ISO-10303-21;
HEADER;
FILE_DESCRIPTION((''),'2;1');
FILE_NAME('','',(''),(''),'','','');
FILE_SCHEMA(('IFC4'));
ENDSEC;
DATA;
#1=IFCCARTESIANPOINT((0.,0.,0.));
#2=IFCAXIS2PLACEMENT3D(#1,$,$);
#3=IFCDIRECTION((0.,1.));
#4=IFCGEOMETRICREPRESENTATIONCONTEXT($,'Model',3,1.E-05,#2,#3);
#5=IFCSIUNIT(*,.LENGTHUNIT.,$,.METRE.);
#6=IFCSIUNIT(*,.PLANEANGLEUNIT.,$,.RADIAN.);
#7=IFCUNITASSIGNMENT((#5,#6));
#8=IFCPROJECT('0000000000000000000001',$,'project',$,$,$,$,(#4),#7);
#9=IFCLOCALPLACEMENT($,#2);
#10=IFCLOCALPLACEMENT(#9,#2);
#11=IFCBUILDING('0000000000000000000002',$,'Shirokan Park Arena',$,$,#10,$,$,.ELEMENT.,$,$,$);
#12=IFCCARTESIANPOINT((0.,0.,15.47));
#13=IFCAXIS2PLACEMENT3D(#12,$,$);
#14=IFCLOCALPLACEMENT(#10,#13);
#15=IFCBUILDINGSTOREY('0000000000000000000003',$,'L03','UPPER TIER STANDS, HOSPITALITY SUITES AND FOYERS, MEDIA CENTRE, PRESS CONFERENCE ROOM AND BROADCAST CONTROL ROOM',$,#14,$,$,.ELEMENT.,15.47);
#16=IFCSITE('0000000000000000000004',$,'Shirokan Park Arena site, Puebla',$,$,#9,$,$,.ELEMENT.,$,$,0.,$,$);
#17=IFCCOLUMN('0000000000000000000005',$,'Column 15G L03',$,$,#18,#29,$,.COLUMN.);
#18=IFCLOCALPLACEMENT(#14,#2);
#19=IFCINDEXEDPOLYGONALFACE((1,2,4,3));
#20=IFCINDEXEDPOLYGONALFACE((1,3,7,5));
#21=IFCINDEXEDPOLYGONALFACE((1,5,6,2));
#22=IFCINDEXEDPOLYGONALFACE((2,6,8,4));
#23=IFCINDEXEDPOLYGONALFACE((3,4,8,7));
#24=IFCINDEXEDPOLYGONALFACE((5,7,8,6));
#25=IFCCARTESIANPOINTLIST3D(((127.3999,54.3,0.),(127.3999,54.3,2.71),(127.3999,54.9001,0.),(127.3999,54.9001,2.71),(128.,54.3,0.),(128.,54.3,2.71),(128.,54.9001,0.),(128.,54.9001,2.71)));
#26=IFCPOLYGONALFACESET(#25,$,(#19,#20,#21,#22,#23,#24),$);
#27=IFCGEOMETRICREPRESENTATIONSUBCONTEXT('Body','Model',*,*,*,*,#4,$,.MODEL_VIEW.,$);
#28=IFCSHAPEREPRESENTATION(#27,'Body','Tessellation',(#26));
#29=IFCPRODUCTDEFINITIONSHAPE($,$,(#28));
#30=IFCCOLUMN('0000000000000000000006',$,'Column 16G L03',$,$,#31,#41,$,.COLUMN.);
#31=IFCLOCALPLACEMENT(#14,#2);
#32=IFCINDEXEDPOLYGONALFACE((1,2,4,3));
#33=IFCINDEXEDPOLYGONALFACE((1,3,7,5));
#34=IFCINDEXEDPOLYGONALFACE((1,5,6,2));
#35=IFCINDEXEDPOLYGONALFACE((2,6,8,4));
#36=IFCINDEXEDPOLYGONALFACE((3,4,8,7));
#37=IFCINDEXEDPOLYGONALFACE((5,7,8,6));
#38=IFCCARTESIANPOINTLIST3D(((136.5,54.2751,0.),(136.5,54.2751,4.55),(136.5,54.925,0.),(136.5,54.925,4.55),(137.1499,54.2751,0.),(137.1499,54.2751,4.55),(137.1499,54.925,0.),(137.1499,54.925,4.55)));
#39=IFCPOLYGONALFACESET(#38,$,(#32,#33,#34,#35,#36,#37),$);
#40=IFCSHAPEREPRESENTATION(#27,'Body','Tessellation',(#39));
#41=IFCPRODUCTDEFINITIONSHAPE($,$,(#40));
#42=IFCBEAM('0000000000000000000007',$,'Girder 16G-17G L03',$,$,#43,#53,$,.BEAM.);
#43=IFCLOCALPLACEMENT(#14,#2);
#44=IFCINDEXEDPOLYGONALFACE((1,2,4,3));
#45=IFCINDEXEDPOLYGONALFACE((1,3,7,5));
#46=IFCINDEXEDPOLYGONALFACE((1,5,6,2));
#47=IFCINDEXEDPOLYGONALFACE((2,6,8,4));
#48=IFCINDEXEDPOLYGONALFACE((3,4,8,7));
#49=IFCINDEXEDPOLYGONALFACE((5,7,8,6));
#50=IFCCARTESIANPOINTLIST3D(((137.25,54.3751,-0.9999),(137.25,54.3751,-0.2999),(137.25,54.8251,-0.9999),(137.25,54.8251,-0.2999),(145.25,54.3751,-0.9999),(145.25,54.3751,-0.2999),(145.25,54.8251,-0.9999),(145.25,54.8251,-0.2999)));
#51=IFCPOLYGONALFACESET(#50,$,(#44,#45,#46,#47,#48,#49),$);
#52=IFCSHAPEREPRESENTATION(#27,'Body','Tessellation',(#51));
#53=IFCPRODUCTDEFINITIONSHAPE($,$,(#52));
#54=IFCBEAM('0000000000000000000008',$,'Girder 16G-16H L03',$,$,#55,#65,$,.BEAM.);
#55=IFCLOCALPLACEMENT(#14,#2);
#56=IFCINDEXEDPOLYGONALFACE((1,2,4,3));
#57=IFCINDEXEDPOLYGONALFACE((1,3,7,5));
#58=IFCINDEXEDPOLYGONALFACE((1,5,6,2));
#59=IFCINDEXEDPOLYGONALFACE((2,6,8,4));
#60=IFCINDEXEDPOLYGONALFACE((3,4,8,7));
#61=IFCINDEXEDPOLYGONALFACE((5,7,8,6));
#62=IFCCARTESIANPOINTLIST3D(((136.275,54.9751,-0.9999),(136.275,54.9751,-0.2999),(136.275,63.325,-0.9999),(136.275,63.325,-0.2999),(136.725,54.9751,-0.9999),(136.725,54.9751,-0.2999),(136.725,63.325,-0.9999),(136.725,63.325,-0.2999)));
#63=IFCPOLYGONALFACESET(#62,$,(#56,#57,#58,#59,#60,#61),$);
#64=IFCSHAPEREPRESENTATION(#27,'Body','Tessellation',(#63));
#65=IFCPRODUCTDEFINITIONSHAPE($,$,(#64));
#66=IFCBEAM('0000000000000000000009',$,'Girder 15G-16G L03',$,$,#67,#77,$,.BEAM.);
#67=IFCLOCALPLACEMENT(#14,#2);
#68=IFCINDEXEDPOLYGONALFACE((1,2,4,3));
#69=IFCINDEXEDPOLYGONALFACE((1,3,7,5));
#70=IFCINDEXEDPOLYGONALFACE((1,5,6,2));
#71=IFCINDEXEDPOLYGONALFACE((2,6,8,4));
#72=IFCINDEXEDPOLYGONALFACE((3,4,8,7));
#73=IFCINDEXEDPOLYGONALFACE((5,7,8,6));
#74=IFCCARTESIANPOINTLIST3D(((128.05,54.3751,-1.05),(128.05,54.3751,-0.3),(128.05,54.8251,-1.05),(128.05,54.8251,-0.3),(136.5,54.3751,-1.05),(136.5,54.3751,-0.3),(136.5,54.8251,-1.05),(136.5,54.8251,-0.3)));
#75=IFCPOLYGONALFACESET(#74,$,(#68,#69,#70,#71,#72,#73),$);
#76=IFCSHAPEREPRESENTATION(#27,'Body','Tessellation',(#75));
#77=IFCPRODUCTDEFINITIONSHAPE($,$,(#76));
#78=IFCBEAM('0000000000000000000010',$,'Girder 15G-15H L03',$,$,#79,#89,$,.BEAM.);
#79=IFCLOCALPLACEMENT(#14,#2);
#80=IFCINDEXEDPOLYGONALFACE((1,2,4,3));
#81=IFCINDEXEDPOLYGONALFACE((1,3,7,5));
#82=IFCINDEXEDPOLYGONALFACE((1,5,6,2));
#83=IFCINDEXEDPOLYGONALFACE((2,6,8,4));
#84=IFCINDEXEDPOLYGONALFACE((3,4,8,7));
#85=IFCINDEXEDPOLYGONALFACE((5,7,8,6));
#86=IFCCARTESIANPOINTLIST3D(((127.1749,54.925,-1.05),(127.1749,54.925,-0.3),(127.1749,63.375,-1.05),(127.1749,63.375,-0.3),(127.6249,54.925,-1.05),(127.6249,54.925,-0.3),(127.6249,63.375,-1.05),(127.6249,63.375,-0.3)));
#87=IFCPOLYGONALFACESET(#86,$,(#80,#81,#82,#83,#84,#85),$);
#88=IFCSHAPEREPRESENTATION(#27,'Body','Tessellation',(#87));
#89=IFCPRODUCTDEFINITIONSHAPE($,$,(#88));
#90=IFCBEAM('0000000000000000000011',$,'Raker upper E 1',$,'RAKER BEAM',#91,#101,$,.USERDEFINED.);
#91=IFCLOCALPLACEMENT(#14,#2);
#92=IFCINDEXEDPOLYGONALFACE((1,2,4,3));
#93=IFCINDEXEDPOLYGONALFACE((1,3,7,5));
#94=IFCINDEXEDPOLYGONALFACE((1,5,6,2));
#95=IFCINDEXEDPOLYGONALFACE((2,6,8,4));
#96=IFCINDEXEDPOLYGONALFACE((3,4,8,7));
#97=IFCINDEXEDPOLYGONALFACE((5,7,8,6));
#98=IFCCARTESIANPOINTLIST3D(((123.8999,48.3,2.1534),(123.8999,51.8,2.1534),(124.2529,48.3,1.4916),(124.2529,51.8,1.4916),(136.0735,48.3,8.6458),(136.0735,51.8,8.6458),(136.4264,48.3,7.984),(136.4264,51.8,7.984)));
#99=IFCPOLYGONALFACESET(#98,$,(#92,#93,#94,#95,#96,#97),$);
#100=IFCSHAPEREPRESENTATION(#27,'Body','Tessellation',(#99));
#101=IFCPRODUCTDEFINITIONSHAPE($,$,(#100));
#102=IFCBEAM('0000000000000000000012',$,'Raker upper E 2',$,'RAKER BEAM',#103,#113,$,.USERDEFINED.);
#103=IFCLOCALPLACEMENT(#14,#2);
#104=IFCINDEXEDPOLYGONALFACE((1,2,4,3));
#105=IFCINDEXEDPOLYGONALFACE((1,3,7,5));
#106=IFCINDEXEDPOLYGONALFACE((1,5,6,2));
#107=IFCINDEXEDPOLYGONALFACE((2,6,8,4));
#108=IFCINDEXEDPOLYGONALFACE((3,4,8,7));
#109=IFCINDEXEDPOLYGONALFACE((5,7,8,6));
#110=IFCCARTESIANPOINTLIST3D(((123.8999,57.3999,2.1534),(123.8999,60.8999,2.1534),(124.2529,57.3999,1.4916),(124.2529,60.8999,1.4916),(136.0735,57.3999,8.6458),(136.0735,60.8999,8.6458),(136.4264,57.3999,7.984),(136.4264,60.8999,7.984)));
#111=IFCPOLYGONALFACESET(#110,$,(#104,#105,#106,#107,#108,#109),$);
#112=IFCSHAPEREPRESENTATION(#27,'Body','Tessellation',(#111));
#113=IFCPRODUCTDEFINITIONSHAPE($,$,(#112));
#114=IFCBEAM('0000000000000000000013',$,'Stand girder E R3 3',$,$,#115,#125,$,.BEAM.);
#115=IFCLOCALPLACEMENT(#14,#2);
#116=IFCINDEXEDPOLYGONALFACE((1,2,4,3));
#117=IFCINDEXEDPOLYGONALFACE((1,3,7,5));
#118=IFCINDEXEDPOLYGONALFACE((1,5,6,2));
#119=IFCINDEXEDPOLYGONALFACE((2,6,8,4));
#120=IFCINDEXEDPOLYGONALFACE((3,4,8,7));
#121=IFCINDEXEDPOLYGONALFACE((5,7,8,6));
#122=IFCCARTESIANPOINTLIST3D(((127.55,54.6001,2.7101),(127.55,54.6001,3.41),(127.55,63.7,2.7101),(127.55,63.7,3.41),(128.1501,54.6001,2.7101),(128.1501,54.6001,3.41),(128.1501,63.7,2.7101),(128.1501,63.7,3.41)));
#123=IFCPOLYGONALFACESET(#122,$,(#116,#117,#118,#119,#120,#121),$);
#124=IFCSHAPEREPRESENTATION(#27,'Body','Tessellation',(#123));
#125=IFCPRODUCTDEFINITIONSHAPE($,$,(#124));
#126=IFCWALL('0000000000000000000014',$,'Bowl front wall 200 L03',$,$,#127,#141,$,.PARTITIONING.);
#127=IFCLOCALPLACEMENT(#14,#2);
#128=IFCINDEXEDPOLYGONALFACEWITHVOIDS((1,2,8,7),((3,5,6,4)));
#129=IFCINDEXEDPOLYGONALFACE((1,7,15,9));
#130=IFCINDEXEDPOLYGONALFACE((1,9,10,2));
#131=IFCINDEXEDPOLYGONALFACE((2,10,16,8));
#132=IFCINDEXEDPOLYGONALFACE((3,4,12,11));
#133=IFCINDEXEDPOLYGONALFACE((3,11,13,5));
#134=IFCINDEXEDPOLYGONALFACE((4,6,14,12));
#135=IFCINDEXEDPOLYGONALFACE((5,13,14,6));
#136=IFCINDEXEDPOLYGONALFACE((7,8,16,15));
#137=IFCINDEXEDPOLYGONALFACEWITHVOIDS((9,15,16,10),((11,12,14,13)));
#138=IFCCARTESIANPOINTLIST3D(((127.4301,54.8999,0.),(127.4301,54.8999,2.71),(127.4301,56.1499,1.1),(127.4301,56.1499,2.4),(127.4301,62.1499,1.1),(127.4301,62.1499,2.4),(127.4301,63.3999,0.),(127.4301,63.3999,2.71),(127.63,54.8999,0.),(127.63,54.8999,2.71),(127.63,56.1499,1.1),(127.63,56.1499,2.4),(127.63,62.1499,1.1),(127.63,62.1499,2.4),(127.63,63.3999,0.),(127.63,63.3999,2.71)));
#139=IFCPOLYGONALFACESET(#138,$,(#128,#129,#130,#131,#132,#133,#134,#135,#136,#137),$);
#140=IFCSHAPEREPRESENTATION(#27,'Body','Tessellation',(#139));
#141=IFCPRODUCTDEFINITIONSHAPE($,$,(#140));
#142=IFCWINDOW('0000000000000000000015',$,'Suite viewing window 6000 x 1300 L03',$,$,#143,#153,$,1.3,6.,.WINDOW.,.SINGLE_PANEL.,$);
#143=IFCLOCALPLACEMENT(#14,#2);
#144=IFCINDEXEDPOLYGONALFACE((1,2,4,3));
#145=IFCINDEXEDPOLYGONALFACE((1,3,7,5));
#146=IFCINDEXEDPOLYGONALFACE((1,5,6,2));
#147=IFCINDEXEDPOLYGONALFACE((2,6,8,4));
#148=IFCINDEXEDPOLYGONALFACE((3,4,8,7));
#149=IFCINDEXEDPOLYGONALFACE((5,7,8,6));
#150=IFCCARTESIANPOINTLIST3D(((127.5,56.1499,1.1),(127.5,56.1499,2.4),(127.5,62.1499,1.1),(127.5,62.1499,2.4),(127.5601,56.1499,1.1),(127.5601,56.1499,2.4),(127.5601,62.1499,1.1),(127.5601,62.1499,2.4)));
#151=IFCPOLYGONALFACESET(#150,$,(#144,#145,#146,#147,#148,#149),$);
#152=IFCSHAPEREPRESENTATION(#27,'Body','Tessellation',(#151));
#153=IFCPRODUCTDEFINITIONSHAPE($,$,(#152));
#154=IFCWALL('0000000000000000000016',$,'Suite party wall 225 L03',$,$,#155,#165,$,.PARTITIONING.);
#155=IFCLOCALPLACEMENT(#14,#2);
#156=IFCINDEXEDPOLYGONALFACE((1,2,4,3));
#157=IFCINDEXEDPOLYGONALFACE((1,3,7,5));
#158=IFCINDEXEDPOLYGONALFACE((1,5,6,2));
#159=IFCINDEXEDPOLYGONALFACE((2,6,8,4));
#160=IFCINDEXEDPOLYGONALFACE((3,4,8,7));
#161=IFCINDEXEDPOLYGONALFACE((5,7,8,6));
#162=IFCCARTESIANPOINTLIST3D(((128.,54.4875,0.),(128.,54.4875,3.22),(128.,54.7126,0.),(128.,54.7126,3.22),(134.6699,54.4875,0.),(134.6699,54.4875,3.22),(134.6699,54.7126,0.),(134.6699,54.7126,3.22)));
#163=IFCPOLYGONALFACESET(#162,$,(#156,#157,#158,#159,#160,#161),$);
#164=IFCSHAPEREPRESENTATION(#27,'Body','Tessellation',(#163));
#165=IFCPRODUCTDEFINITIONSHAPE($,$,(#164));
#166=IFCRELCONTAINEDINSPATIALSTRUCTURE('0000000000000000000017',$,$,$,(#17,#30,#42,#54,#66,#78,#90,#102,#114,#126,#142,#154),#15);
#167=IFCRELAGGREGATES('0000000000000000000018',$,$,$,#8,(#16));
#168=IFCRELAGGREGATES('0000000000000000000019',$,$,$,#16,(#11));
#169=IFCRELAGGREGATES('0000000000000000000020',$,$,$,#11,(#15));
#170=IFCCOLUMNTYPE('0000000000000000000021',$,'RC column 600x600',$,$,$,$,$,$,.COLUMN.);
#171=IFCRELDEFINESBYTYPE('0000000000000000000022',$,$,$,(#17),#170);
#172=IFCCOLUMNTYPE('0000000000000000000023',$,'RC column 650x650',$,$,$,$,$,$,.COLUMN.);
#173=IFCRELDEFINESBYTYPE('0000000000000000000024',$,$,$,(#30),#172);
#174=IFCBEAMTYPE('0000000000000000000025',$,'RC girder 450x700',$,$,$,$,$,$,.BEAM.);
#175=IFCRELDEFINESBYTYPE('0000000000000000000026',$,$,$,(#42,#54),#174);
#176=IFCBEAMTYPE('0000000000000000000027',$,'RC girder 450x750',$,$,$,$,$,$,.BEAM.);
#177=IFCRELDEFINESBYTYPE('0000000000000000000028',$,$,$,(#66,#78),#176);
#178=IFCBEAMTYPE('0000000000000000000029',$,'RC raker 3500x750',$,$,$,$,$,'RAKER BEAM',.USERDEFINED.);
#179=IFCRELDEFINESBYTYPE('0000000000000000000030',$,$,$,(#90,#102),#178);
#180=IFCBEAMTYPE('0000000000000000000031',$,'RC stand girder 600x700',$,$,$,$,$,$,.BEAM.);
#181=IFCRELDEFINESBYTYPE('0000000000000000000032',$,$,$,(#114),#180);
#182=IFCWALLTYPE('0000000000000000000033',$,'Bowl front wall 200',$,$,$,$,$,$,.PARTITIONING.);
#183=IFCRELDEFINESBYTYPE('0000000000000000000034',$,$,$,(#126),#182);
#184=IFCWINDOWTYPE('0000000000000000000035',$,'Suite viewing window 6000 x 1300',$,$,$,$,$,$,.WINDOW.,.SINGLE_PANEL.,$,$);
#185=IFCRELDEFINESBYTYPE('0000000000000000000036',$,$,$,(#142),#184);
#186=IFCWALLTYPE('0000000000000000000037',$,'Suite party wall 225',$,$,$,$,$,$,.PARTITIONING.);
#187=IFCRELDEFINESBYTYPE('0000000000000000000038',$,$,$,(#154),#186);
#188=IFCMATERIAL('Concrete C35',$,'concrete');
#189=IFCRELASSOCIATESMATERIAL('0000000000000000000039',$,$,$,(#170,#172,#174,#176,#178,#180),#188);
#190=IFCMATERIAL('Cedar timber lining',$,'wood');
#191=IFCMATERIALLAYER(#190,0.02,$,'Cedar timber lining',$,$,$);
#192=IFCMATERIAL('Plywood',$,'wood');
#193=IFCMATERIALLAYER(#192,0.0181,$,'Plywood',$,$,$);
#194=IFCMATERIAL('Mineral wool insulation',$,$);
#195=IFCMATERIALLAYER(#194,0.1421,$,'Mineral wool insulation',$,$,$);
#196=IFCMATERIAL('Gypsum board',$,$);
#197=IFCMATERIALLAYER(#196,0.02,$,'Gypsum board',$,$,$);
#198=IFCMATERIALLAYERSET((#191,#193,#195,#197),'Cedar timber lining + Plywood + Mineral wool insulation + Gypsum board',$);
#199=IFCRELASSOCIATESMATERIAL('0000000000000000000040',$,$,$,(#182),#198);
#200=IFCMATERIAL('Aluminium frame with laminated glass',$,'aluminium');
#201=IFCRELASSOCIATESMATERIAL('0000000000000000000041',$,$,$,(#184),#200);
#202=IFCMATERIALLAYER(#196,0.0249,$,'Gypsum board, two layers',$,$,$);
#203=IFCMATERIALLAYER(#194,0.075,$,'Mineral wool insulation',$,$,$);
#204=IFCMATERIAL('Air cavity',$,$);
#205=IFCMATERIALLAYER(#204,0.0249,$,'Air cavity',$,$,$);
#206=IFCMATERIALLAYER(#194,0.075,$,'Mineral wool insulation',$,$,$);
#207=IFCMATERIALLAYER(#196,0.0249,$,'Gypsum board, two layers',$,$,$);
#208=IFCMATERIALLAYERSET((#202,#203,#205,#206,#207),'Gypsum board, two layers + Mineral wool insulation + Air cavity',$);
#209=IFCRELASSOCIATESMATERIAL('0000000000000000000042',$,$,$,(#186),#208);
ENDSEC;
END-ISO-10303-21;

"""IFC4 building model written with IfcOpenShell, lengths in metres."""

from ifc_helpers import new_model, si_unit, direction, frame, frame_2d, origin, origin_2d, place, context, subcontext, project, spatial, rectangle, extrude, material, layer, layer_set, material_profile, profile_set, type_object, element, fill, save


model = new_model("IFC4")

# Units and contexts
model_context = context("Model", 3, precision=1e-05, world=origin(), true_north=direction((0.0, 1.0)))
body_context = subcontext(model_context, "Body", "Model", "MODEL_VIEW")
ifc_project = project(units=[si_unit("LENGTHUNIT", "METRE"), si_unit("PLANEANGLEUNIT", "RADIAN")], contexts=[model_context])

# Site, building, storey
site_placement = place(None, origin())
site = spatial("IfcSite", under=ifc_project, at=site_placement, Name="Shirokan Park Arena site, Puebla", CompositionType="ELEMENT", RefElevation=0.0)
building_placement = place(site_placement, origin())
building = spatial("IfcBuilding", under=site, at=building_placement, Name="Shirokan Park Arena", CompositionType="ELEMENT")
storey_placement = place(building_placement, frame((0.0, 0.0, 15.47)))
storey = spatial("IfcBuildingStorey", under=building, at=storey_placement, Name="L03", Description="UPPER TIER STANDS, HOSPITALITY SUITES AND FOYERS, MEDIA CENTRE, PRESS CONFERENCE ROOM AND BROADCAST CONTROL ROOM", CompositionType="ELEMENT", Elevation=15.47)

# Columns
ifc_material_1 = material(Name="Concrete C35", Category="concrete")
ifc_material_profile_1 = material_profile(ifc_material_1, rectangle(XDim=0.6001, YDim=0.6001, at=origin_2d()), Name="600x600")
ifc_profile_set_1 = profile_set([ifc_material_profile_1], Name="Concrete C35")
column_type_1 = type_object("IfcColumnType", Name="RC column 600x600", PredefinedType="COLUMN", material=ifc_profile_set_1)
column_1_placement = place(storey_placement, frame((127.7, 54.6001, 0.0), z_axis=(0.0, 0.0, 1.0), x_axis=(1.0, 0.0, 0.0)))
element("IfcColumn", 1, at=column_1_placement, inside=storey, type_object=column_type_1, Name="Column 15G L03", PredefinedType="COLUMN", context=body_context, shape_type="SweptSolid", body=[
    extrude(rectangle(XDim=0.6001, YDim=0.6001, at=origin_2d()), origin(), (0.0, 0.0, 1.0), 2.71),
])
ifc_material_profile_2 = material_profile(ifc_material_1, rectangle(XDim=0.6499, YDim=0.6499, at=origin_2d()), Name="650x650")
ifc_profile_set_2 = profile_set([ifc_material_profile_2], Name="Concrete C35")
column_type_2 = type_object("IfcColumnType", Name="RC column 650x650", PredefinedType="COLUMN", material=ifc_profile_set_2)
column_2_placement = place(storey_placement, frame((136.825, 54.6001, 0.0), z_axis=(0.0, 0.0, 1.0), x_axis=(1.0, 0.0, 0.0)))
element("IfcColumn", 2, at=column_2_placement, inside=storey, type_object=column_type_2, Name="Column 16G L03", PredefinedType="COLUMN", context=body_context, shape_type="SweptSolid", body=[
    extrude(rectangle(XDim=0.6499, YDim=0.6499, at=origin_2d()), origin(), (0.0, 0.0, 1.0), 4.55),
])

# Beams
ifc_material_profile_3 = material_profile(ifc_material_1, rectangle(XDim=0.45, YDim=0.7, at=origin_2d()), Name="450x700")
ifc_profile_set_3 = profile_set([ifc_material_profile_3], Name="Concrete C35")
beam_type_1 = type_object("IfcBeamType", Name="RC girder 450x700", PredefinedType="BEAM", material=ifc_profile_set_3)
beam_1_placement = place(storey_placement, frame((137.25, 54.6001, -0.6499), z_axis=(1.0, 0.0, 0.0), x_axis=(0.0, 1.0, 0.0)))
element("IfcBeam", 3, at=beam_1_placement, inside=storey, type_object=beam_type_1, Name="Girder 16G-17G L03", PredefinedType="BEAM", context=body_context, shape_type="SweptSolid", body=[
    extrude(rectangle(XDim=0.45, YDim=0.7, at=origin_2d()), origin(), (0.0, 0.0, 1.0), 8.0),
])
beam_2_placement = place(storey_placement, frame((136.5, 54.9751, -0.6499), z_axis=(0.0, 1.0, 0.0), x_axis=(-1.0, 0.0, 0.0)))
element("IfcBeam", 4, at=beam_2_placement, inside=storey, type_object=beam_type_1, Name="Girder 16G-16H L03", PredefinedType="BEAM", context=body_context, shape_type="SweptSolid", body=[
    extrude(rectangle(XDim=0.45, YDim=0.7, at=origin_2d()), origin(), (0.0, 0.0, 1.0), 8.3499),
])
ifc_material_profile_4 = material_profile(ifc_material_1, rectangle(XDim=0.45, YDim=0.75, at=origin_2d()), Name="450x750")
ifc_profile_set_4 = profile_set([ifc_material_profile_4], Name="Concrete C35")
beam_type_2 = type_object("IfcBeamType", Name="RC girder 450x750", PredefinedType="BEAM", material=ifc_profile_set_4)
for number, where, z_axis, x_axis, name in (
    (5, (128.05, 54.6001, -0.675), (1.0, 0.0, 0.0), (0.0, 1.0, 0.0), "Girder 15G-16G L03"),
    (6, (127.3999, 54.925, -0.675), (0.0, 1.0, 0.0), (-1.0, 0.0, 0.0), "Girder 15G-15H L03"),
):
    element("IfcBeam", number, at=place(storey_placement, frame(where, z_axis=z_axis, x_axis=x_axis)), inside=storey, type_object=beam_type_2, Name=name, PredefinedType="BEAM", context=body_context, shape_type="SweptSolid", body=[
        extrude(rectangle(XDim=0.45, YDim=0.75, at=origin_2d()), origin(), (0.0, 0.0, 1.0), 8.45),
    ])
ifc_material_profile_5 = material_profile(ifc_material_1, rectangle(XDim=3.5, YDim=0.75, at=origin_2d()), Name="3500x750")
ifc_profile_set_5 = profile_set([ifc_material_profile_5], Name="Concrete C35")
beam_type_3 = type_object("IfcBeamType", Name="RC raker 3500x750", ElementType="RAKER BEAM", PredefinedType="USERDEFINED", material=ifc_profile_set_5)
for number, where, z_axis, x_axis, name in (
    (7, (124.0764, 50.05, 1.8225), (0.882357, 0.0, 0.47058), (0.0, 1.0, 0.0), "Raker upper E 1"),
    (8, (124.0764, 59.1499, 1.8225), (0.882357, 0.0, 0.47058), (0.0, 1.0, 0.0), "Raker upper E 2"),
):
    element("IfcBeam", number, at=place(storey_placement, frame(where, z_axis=z_axis, x_axis=x_axis)), inside=storey, type_object=beam_type_3, Name=name, ObjectType="RAKER BEAM", PredefinedType="USERDEFINED", context=body_context, shape_type="SweptSolid", body=[
        extrude(rectangle(XDim=3.5, YDim=0.75, at=origin_2d()), origin(), (0.0, 0.0, 1.0), 13.7966),
    ])
ifc_material_profile_6 = material_profile(ifc_material_1, rectangle(XDim=0.6001, YDim=0.7, at=origin_2d()), Name="600x700")
ifc_profile_set_6 = profile_set([ifc_material_profile_6], Name="Concrete C35")
beam_type_4 = type_object("IfcBeamType", Name="RC stand girder 600x700", PredefinedType="BEAM", material=ifc_profile_set_6)
beam_3_placement = place(storey_placement, frame((127.8501, 54.6001, 3.0601), z_axis=(0.0, 1.0, 0.0), x_axis=(-1.0, 0.0, 0.0)))
element("IfcBeam", 9, at=beam_3_placement, inside=storey, type_object=beam_type_4, Name="Stand girder E R3 3", PredefinedType="BEAM", context=body_context, shape_type="SweptSolid", body=[
    extrude(rectangle(XDim=0.6001, YDim=0.7, at=origin_2d()), origin(), (0.0, 0.0, 1.0), 9.0999),
])

# Wall, opening, window
ifc_material_2 = material(Name="Cedar timber lining", Category="wood")
ifc_layer_1 = layer(ifc_material_2, 0.02, Name="Cedar timber lining")
ifc_material_3 = material(Name="Plywood", Category="wood")
ifc_layer_2 = layer(ifc_material_3, 0.0181, Name="Plywood")
ifc_material_4 = material(Name="Mineral wool insulation")
ifc_layer_3 = layer(ifc_material_4, 0.1421, Name="Mineral wool insulation")
ifc_material_5 = material(Name="Gypsum board")
ifc_layer_4 = layer(ifc_material_5, 0.02, Name="Gypsum board")
ifc_layer_set_1 = layer_set([ifc_layer_1, ifc_layer_2, ifc_layer_3, ifc_layer_4], Name="Cedar timber lining + Plywood + Mineral wool insulation + Gypsum board")
wall_type_1 = type_object("IfcWallType", Name="Bowl front wall 200", PredefinedType="PARTITIONING", material=ifc_layer_set_1)
wall_1_placement = place(storey_placement, frame((127.53, 54.8999, 0.0), z_axis=(0.0, 0.0, 1.0), x_axis=(0.0, 1.0, 0.0)))
wall_1 = element("IfcWall", 10, at=wall_1_placement, inside=storey, type_object=wall_type_1, Name="Bowl front wall 200 L03", PredefinedType="PARTITIONING", context=body_context, shape_type="SweptSolid", body=[
    extrude(rectangle(XDim=8.5, YDim=0.2, at=frame_2d((4.25, 0.0))), origin(), (0.0, 0.0, 1.0), 2.71),
])
opening_1_placement = place(wall_1_placement, frame((1.25, 0.0, 1.1001)))
opening_1 = element("IfcOpeningElement", 11, at=opening_1_placement, cuts=wall_1, PredefinedType="OPENING", context=body_context, shape_type="SweptSolid", body=[
    extrude(rectangle(XDim=6.0, YDim=1.3, at=frame_2d((3.0, 0.6499))), frame((0.0, 0.1099, 0.0), z_axis=(0.0, -1.0, 0.0), x_axis=(1.0, 0.0, 0.0)), (0.0, 0.0, 1.0), 0.22),
])
ifc_material_6 = material(Name="Aluminium frame with laminated glass", Category="aluminium")
window_type = type_object("IfcWindowType", Name="Suite viewing window 6000 x 1300", PartitioningType="SINGLE_PANEL", PredefinedType="WINDOW", material=ifc_material_6)
window_placement = place(opening_1_placement, origin())
window = element("IfcWindow", 12, at=window_placement, inside=storey, type_object=window_type, Name="Suite viewing window 6000 x 1300 L03", OverallHeight=1.3, OverallWidth=6.0, PartitioningType="SINGLE_PANEL", PredefinedType="WINDOW", context=body_context, shape_type="SweptSolid", body=[
    extrude(rectangle(XDim=6.0, YDim=1.3, at=frame_2d((3.0, 0.6499))), frame((0.0, 0.03, 0.0), z_axis=(0.0, -1.0, 0.0), x_axis=(1.0, 0.0, 0.0)), (0.0, 0.0, 1.0), 0.0601),
])
fill(opening_1, window)

# Wall
ifc_layer_5 = layer(ifc_material_5, 0.0249, Name="Gypsum board, two layers")
ifc_layer_6 = layer(ifc_material_4, 0.075, Name="Mineral wool insulation")
ifc_material_7 = material(Name="Air cavity")
ifc_layer_7 = layer(ifc_material_7, 0.0249, Name="Air cavity")
ifc_layer_8 = layer(ifc_material_4, 0.075, Name="Mineral wool insulation")
ifc_layer_9 = layer(ifc_material_5, 0.0249, Name="Gypsum board, two layers")
ifc_layer_set_2 = layer_set([ifc_layer_5, ifc_layer_6, ifc_layer_7, ifc_layer_8, ifc_layer_9], Name="Gypsum board, two layers + Mineral wool insulation + Air cavity")
wall_type_2 = type_object("IfcWallType", Name="Suite party wall 225", PredefinedType="PARTITIONING", material=ifc_layer_set_2)
wall_2_placement = place(storey_placement, frame((128.0, 54.6001, 0.0), z_axis=(0.0, 0.0, 1.0), x_axis=(1.0, 0.0, 0.0)))
element("IfcWall", 13, at=wall_2_placement, inside=storey, type_object=wall_type_2, Name="Suite party wall 225 L03", PredefinedType="PARTITIONING", context=body_context, shape_type="SweptSolid", body=[
    extrude(rectangle(XDim=6.6699, YDim=0.2251, at=frame_2d((3.335, 0.0))), origin(), (0.0, 0.0, 1.0), 3.22),
])

save(model, "model.ifc")
